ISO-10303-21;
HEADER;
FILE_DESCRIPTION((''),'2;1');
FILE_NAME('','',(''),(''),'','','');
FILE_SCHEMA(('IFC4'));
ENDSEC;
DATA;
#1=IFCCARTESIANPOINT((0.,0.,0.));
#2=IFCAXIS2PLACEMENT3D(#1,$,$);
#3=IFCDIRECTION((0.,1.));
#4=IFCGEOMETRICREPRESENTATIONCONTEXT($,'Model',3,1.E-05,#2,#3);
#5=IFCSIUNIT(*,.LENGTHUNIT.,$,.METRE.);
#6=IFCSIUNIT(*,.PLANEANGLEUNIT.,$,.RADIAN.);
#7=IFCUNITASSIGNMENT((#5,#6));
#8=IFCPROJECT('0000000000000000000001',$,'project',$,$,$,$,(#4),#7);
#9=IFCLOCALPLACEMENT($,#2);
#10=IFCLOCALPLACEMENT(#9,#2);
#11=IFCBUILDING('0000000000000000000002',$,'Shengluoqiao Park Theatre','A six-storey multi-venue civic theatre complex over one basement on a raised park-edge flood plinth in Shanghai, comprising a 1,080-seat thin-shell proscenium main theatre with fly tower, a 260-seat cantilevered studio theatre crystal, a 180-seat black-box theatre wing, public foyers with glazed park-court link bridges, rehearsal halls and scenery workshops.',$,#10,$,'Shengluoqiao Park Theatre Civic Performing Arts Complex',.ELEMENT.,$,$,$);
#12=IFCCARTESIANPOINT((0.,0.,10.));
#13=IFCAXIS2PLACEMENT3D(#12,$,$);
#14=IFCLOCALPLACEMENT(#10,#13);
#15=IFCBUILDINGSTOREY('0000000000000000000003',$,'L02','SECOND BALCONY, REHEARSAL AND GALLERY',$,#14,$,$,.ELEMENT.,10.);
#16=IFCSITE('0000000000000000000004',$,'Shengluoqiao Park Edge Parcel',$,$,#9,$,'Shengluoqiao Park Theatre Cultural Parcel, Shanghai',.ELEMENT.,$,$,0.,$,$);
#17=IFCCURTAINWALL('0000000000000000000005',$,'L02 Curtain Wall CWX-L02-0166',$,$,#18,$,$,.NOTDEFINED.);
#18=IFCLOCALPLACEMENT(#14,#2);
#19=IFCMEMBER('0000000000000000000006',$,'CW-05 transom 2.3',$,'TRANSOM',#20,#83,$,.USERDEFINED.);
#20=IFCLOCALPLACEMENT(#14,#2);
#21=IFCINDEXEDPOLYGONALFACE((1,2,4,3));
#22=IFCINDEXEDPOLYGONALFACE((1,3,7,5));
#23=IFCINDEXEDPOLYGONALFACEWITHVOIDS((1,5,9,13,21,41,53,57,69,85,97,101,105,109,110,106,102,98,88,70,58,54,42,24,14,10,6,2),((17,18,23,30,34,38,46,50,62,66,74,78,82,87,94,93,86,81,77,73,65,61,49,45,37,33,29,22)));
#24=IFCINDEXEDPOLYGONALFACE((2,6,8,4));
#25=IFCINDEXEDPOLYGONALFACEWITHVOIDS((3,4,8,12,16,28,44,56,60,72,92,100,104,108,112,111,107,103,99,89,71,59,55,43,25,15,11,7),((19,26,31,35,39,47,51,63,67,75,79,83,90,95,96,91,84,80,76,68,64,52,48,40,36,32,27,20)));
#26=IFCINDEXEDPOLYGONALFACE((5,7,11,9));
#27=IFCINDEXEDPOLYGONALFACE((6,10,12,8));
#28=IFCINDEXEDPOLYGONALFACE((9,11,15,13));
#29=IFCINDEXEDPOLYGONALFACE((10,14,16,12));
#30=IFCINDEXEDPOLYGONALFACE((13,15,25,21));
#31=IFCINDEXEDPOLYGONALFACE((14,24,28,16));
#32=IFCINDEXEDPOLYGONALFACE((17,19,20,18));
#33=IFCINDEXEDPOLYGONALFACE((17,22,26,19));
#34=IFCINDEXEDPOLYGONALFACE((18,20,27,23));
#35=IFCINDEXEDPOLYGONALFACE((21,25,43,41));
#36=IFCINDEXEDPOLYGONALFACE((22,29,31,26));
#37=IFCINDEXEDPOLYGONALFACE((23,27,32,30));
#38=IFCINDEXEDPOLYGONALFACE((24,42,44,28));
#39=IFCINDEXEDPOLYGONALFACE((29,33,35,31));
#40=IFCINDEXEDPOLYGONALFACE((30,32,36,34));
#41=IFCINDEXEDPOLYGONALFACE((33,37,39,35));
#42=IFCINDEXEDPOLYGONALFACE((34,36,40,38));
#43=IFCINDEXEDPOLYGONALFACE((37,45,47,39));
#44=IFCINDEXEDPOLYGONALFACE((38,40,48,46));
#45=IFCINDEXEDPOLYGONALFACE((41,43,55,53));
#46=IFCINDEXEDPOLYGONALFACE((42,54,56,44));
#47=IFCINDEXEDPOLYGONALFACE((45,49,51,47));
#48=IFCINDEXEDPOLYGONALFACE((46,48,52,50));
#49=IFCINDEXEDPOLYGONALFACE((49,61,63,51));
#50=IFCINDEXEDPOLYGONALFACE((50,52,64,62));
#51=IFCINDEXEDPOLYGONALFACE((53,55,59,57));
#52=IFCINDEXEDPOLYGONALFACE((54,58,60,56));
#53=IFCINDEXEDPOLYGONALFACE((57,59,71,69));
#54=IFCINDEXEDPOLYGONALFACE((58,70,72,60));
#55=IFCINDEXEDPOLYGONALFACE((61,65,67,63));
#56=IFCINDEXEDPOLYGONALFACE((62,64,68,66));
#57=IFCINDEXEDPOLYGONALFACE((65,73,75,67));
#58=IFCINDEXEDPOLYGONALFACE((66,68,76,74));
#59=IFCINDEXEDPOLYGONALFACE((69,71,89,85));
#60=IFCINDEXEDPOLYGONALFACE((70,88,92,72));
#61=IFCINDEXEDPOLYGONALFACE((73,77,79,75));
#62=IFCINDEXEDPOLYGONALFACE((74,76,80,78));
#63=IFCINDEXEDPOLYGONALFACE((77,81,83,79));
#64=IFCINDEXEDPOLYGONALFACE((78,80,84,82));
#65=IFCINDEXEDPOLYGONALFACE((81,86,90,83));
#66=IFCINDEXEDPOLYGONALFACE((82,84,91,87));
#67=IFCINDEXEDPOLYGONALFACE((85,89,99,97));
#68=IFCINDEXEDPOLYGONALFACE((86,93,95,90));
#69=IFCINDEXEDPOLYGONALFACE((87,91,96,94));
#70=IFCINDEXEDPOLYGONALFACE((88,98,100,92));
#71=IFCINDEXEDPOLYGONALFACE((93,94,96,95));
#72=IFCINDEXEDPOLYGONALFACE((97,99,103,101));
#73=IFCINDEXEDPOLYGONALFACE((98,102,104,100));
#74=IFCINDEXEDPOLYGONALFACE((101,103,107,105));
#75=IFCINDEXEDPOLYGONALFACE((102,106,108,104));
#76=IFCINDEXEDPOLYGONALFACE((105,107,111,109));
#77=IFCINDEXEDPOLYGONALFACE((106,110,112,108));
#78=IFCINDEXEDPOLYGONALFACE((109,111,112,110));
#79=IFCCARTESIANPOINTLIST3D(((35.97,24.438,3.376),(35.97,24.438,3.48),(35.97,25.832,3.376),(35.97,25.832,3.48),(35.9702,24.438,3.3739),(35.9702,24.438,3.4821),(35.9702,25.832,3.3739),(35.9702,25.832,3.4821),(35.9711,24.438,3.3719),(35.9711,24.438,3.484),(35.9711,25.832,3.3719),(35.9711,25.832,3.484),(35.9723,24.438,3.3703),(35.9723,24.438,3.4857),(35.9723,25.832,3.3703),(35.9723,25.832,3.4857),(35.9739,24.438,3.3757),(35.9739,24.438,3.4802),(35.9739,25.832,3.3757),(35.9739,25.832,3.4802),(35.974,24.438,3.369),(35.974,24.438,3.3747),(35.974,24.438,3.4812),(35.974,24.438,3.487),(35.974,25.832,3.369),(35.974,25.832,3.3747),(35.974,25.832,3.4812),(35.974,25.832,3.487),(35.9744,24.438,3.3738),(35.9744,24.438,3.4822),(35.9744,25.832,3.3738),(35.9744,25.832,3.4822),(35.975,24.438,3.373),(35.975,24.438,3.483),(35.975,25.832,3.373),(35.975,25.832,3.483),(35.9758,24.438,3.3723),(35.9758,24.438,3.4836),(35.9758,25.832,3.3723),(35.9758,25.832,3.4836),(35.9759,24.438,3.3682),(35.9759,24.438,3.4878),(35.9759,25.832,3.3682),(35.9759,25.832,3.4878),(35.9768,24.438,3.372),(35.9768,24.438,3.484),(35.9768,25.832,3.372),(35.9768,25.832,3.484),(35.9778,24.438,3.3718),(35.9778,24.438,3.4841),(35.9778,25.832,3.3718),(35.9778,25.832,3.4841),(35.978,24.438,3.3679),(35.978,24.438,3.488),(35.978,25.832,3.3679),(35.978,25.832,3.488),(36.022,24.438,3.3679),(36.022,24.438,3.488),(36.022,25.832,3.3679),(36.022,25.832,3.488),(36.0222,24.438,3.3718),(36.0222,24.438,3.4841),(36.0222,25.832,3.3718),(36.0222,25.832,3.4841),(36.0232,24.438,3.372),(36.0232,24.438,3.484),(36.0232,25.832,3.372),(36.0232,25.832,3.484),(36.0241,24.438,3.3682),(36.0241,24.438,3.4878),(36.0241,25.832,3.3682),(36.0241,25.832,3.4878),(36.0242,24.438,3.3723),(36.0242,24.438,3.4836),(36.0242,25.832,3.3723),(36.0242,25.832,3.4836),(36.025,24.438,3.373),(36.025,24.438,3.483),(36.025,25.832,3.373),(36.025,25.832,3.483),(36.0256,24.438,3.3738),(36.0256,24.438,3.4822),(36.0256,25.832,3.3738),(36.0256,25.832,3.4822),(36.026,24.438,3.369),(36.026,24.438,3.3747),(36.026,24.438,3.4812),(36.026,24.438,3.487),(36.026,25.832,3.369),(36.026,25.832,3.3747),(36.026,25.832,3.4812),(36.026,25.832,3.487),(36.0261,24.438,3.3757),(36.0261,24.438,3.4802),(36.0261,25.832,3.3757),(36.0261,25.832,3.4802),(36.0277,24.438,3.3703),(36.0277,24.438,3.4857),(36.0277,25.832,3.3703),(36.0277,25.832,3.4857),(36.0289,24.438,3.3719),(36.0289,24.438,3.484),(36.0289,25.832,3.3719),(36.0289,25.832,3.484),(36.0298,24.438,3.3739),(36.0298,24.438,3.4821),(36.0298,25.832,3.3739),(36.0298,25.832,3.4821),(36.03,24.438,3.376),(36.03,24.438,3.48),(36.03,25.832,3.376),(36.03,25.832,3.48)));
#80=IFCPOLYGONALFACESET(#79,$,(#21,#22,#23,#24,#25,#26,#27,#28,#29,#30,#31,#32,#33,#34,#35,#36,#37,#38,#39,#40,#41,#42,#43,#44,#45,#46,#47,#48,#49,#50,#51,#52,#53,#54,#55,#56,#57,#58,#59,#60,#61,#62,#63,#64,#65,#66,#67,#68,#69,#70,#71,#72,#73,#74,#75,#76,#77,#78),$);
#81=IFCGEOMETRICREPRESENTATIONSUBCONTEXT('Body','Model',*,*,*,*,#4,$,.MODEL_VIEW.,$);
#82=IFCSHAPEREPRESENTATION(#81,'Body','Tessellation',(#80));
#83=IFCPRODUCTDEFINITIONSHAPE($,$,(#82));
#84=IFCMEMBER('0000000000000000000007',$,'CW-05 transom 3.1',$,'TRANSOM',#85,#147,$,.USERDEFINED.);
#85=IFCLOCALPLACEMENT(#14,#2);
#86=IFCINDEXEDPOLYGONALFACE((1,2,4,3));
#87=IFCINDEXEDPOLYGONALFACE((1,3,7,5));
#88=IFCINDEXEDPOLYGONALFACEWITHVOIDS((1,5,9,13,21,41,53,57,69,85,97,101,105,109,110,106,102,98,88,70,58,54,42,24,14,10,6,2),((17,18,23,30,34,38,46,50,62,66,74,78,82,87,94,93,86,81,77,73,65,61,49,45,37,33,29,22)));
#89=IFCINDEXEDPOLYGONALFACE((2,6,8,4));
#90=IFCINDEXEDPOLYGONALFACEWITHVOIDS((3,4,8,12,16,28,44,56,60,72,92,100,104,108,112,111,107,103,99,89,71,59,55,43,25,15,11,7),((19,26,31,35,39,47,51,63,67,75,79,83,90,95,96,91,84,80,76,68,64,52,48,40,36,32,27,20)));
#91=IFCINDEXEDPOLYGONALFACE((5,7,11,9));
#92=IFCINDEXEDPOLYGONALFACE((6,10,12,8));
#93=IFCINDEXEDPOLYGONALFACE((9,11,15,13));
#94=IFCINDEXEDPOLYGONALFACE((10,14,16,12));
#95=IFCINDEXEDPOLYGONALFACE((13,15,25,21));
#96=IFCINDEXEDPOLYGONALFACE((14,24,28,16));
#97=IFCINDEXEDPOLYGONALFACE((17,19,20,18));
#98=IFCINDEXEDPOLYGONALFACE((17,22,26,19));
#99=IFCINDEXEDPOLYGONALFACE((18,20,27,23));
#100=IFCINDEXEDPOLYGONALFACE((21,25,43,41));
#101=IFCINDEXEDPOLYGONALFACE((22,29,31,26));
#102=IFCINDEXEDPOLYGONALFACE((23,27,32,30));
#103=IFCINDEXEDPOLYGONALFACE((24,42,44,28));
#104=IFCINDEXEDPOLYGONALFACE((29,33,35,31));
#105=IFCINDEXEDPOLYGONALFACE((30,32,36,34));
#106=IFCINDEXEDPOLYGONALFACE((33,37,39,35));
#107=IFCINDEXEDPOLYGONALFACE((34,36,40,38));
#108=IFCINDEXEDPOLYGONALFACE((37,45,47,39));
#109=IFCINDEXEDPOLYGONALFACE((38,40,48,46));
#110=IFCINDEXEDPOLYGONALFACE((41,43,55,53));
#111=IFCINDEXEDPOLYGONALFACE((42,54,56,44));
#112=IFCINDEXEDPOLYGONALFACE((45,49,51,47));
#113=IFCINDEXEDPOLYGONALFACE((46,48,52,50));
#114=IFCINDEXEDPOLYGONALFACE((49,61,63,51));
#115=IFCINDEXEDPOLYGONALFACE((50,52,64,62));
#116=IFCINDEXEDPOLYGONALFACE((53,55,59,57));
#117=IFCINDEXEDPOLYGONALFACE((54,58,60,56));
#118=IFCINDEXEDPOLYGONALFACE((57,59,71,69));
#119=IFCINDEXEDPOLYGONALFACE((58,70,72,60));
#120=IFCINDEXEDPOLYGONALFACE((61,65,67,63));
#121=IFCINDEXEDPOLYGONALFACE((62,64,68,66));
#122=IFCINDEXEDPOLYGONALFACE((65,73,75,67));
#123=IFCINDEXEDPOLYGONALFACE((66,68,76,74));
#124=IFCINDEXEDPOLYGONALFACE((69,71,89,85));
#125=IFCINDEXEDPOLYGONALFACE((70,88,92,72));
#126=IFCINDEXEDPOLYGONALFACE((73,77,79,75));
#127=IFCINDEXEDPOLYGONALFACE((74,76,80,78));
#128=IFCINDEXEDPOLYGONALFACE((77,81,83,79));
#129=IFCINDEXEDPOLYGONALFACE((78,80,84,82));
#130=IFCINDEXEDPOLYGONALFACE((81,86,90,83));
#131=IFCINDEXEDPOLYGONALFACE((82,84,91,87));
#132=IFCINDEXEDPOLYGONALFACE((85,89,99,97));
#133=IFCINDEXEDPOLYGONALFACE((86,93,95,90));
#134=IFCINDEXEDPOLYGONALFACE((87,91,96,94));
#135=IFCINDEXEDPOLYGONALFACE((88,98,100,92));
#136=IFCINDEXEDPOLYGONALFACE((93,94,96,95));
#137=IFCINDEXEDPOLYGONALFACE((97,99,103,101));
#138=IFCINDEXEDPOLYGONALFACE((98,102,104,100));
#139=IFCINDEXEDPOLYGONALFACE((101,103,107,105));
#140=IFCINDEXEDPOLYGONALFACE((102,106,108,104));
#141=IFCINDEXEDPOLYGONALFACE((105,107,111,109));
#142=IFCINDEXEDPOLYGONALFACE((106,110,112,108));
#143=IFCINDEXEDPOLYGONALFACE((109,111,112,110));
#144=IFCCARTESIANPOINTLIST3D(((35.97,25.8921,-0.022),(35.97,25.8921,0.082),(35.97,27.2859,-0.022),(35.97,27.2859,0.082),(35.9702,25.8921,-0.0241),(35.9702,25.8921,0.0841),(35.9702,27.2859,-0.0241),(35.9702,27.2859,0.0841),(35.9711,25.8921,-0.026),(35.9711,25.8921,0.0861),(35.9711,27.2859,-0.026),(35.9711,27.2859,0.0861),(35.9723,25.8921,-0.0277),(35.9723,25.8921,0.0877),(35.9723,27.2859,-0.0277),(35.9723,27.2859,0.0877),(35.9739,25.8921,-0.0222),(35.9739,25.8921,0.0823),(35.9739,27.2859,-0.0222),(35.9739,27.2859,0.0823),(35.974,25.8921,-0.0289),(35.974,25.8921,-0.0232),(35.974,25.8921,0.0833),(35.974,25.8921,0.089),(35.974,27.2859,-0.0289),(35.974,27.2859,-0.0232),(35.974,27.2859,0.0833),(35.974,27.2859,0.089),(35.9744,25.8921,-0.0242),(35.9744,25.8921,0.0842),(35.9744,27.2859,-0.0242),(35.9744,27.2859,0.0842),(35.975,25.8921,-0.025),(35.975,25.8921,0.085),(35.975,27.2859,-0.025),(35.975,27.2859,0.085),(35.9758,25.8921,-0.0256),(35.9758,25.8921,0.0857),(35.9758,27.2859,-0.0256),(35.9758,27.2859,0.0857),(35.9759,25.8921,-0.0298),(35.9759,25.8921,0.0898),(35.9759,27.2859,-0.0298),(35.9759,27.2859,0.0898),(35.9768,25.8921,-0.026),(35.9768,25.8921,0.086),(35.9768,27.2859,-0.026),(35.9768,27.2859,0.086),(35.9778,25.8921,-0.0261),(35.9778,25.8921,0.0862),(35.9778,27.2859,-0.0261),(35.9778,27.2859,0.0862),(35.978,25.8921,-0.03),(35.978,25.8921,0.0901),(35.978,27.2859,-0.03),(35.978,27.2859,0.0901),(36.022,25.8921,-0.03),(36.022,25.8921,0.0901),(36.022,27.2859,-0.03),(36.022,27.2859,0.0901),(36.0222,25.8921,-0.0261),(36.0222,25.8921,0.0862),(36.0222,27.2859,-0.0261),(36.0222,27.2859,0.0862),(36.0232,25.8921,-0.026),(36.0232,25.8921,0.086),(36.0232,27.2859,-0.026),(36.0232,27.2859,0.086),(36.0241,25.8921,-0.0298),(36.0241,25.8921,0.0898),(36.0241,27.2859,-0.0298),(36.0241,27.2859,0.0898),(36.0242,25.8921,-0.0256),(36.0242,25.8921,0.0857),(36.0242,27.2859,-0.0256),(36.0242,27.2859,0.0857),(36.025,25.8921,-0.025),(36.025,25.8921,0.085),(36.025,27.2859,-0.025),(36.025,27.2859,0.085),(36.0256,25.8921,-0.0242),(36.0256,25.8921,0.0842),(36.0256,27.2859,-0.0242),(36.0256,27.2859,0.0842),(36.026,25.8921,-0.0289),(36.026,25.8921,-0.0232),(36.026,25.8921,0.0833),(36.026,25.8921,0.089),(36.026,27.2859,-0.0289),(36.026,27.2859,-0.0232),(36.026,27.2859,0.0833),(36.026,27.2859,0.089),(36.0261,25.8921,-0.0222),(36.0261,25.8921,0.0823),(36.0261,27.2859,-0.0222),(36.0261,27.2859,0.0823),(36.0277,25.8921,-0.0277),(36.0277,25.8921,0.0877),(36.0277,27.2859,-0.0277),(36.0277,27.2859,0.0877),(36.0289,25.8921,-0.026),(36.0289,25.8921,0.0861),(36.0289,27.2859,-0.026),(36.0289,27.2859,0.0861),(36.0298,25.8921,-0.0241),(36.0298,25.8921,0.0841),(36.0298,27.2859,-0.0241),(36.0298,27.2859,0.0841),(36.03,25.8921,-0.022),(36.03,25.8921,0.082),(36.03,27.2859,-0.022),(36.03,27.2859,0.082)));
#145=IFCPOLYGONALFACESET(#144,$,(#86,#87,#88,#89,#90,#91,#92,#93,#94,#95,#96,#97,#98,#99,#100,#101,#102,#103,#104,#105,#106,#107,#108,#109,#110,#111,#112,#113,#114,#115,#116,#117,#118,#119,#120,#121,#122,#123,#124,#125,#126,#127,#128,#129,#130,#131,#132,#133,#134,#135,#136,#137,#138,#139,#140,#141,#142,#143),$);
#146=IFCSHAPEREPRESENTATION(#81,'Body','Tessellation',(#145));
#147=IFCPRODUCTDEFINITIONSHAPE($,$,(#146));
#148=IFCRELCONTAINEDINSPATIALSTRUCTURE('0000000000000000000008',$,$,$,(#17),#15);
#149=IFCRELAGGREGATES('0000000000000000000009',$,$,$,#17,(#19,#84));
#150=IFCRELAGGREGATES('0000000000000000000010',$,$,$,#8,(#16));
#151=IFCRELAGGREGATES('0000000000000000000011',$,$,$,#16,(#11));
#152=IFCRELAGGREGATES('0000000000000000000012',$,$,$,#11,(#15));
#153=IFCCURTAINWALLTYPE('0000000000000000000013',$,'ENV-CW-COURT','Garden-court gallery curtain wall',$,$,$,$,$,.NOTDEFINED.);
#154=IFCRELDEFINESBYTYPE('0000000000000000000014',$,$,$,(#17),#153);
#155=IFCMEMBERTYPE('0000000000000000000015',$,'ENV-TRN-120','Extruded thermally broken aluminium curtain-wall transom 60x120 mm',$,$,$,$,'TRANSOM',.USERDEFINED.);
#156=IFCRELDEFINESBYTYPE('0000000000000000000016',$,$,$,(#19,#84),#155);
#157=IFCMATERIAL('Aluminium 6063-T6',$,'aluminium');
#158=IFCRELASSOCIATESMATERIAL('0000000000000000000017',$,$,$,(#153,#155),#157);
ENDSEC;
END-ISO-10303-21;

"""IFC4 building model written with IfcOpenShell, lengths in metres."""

from ifc_helpers import new_model, si_unit, direction, frame, origin, origin_2d, place, context, subcontext, project, spatial, hollow_rectangle, extrude, material, material_profile, profile_set, type_object, element, aggregate, save


model = new_model("IFC4")

# Units and contexts
model_context = context("Model", 3, precision=1e-05, world=origin(), true_north=direction((0.0, 1.0)))
body_context = subcontext(model_context, "Body", "Model", "MODEL_VIEW")
ifc_project = project(units=[si_unit("LENGTHUNIT", "METRE"), si_unit("PLANEANGLEUNIT", "RADIAN")], contexts=[model_context])

# Site, building, storey
site_placement = place(None, origin())
site = spatial("IfcSite", under=ifc_project, at=site_placement, Name="Shengluoqiao Park Edge Parcel", LongName="Shengluoqiao Park Theatre Cultural Parcel, Shanghai", CompositionType="ELEMENT", RefElevation=0.0)
building_placement = place(site_placement, origin())
building = spatial("IfcBuilding", under=site, at=building_placement, Name="Shengluoqiao Park Theatre", Description="A six-storey multi-venue civic theatre complex over one basement on a raised park-edge flood plinth in Shanghai, comprising a 1,080-seat thin-shell proscenium main theatre with fly tower, a 260-seat cantilevered studio theatre crystal, a 180-seat black-box theatre wing, public foyers with glazed park-court link bridges, rehearsal halls and scenery workshops.", LongName="Shengluoqiao Park Theatre Civic Performing Arts Complex", CompositionType="ELEMENT")
storey_placement = place(building_placement, frame((0.0, 0.0, 10.0)))
storey = spatial("IfcBuildingStorey", under=building, at=storey_placement, Name="L02", Description="SECOND BALCONY, REHEARSAL AND GALLERY", CompositionType="ELEMENT", Elevation=10.0)

# Shared definitions
ifc_material_1 = material(Name="Aluminium 6063-T6", Category="aluminium")

# Curtain wall
curtain_wall_type_1 = type_object("IfcCurtainWallType", Name="ENV-CW-COURT", Description="Garden-court gallery curtain wall", PredefinedType="NOTDEFINED", material=ifc_material_1)
curtain_wall_1_placement = place(storey_placement, origin())
curtain_wall_1 = element("IfcCurtainWall", 1, at=curtain_wall_1_placement, inside=storey, type_object=curtain_wall_type_1, Name="L02 Curtain Wall CWX-L02-0166", PredefinedType="NOTDEFINED")

# Members
ifc_material_profile_1 = material_profile(ifc_material_1, hollow_rectangle(XDim=0.0601, YDim=0.1201, WallThickness=0.0039, InnerFilletRadius=0.0039, OuterFilletRadius=0.0081, at=origin_2d()), Name="ALU TRANSOM 120x60x4")
ifc_profile_set_1 = profile_set([ifc_material_profile_1], Name="Aluminium 6063-T6")
member_type_1 = type_object("IfcMemberType", Name="ENV-TRN-120", Description="Extruded thermally broken aluminium curtain-wall transom 60x120 mm", ElementType="TRANSOM", PredefinedType="USERDEFINED", material=ifc_profile_set_1)
member_1_placement = place(storey_placement, frame((36.0, 24.438, 3.428), z_axis=(0.0, 1.0, 0.0), x_axis=(-1.0, 0.0, 0.0)))
member_1 = element("IfcMember", 2, at=member_1_placement, type_object=member_type_1, Name="CW-05 transom 2.3", ObjectType="TRANSOM", PredefinedType="USERDEFINED", context=body_context, shape_type="SweptSolid", body=[
    extrude(hollow_rectangle(XDim=0.0601, YDim=0.1201, WallThickness=0.0039, InnerFilletRadius=0.0039, OuterFilletRadius=0.0081, at=origin_2d()), origin(), (0.0, 0.0, 1.0), 1.394),
])
member_2_placement = place(storey_placement, frame((36.0, 25.8921, 0.03), z_axis=(0.0, 1.0, 0.0), x_axis=(-1.0, 0.0, 0.0)))
member_2 = element("IfcMember", 3, at=member_2_placement, type_object=member_type_1, Name="CW-05 transom 3.1", ObjectType="TRANSOM", PredefinedType="USERDEFINED", context=body_context, shape_type="SweptSolid", body=[
    extrude(hollow_rectangle(XDim=0.0601, YDim=0.1201, WallThickness=0.0039, InnerFilletRadius=0.0039, OuterFilletRadius=0.0081, at=origin_2d()), origin(), (0.0, 0.0, 1.0), 1.3938),
])

aggregate(curtain_wall_1, [member_1, member_2])

save(model, "model.ifc")
